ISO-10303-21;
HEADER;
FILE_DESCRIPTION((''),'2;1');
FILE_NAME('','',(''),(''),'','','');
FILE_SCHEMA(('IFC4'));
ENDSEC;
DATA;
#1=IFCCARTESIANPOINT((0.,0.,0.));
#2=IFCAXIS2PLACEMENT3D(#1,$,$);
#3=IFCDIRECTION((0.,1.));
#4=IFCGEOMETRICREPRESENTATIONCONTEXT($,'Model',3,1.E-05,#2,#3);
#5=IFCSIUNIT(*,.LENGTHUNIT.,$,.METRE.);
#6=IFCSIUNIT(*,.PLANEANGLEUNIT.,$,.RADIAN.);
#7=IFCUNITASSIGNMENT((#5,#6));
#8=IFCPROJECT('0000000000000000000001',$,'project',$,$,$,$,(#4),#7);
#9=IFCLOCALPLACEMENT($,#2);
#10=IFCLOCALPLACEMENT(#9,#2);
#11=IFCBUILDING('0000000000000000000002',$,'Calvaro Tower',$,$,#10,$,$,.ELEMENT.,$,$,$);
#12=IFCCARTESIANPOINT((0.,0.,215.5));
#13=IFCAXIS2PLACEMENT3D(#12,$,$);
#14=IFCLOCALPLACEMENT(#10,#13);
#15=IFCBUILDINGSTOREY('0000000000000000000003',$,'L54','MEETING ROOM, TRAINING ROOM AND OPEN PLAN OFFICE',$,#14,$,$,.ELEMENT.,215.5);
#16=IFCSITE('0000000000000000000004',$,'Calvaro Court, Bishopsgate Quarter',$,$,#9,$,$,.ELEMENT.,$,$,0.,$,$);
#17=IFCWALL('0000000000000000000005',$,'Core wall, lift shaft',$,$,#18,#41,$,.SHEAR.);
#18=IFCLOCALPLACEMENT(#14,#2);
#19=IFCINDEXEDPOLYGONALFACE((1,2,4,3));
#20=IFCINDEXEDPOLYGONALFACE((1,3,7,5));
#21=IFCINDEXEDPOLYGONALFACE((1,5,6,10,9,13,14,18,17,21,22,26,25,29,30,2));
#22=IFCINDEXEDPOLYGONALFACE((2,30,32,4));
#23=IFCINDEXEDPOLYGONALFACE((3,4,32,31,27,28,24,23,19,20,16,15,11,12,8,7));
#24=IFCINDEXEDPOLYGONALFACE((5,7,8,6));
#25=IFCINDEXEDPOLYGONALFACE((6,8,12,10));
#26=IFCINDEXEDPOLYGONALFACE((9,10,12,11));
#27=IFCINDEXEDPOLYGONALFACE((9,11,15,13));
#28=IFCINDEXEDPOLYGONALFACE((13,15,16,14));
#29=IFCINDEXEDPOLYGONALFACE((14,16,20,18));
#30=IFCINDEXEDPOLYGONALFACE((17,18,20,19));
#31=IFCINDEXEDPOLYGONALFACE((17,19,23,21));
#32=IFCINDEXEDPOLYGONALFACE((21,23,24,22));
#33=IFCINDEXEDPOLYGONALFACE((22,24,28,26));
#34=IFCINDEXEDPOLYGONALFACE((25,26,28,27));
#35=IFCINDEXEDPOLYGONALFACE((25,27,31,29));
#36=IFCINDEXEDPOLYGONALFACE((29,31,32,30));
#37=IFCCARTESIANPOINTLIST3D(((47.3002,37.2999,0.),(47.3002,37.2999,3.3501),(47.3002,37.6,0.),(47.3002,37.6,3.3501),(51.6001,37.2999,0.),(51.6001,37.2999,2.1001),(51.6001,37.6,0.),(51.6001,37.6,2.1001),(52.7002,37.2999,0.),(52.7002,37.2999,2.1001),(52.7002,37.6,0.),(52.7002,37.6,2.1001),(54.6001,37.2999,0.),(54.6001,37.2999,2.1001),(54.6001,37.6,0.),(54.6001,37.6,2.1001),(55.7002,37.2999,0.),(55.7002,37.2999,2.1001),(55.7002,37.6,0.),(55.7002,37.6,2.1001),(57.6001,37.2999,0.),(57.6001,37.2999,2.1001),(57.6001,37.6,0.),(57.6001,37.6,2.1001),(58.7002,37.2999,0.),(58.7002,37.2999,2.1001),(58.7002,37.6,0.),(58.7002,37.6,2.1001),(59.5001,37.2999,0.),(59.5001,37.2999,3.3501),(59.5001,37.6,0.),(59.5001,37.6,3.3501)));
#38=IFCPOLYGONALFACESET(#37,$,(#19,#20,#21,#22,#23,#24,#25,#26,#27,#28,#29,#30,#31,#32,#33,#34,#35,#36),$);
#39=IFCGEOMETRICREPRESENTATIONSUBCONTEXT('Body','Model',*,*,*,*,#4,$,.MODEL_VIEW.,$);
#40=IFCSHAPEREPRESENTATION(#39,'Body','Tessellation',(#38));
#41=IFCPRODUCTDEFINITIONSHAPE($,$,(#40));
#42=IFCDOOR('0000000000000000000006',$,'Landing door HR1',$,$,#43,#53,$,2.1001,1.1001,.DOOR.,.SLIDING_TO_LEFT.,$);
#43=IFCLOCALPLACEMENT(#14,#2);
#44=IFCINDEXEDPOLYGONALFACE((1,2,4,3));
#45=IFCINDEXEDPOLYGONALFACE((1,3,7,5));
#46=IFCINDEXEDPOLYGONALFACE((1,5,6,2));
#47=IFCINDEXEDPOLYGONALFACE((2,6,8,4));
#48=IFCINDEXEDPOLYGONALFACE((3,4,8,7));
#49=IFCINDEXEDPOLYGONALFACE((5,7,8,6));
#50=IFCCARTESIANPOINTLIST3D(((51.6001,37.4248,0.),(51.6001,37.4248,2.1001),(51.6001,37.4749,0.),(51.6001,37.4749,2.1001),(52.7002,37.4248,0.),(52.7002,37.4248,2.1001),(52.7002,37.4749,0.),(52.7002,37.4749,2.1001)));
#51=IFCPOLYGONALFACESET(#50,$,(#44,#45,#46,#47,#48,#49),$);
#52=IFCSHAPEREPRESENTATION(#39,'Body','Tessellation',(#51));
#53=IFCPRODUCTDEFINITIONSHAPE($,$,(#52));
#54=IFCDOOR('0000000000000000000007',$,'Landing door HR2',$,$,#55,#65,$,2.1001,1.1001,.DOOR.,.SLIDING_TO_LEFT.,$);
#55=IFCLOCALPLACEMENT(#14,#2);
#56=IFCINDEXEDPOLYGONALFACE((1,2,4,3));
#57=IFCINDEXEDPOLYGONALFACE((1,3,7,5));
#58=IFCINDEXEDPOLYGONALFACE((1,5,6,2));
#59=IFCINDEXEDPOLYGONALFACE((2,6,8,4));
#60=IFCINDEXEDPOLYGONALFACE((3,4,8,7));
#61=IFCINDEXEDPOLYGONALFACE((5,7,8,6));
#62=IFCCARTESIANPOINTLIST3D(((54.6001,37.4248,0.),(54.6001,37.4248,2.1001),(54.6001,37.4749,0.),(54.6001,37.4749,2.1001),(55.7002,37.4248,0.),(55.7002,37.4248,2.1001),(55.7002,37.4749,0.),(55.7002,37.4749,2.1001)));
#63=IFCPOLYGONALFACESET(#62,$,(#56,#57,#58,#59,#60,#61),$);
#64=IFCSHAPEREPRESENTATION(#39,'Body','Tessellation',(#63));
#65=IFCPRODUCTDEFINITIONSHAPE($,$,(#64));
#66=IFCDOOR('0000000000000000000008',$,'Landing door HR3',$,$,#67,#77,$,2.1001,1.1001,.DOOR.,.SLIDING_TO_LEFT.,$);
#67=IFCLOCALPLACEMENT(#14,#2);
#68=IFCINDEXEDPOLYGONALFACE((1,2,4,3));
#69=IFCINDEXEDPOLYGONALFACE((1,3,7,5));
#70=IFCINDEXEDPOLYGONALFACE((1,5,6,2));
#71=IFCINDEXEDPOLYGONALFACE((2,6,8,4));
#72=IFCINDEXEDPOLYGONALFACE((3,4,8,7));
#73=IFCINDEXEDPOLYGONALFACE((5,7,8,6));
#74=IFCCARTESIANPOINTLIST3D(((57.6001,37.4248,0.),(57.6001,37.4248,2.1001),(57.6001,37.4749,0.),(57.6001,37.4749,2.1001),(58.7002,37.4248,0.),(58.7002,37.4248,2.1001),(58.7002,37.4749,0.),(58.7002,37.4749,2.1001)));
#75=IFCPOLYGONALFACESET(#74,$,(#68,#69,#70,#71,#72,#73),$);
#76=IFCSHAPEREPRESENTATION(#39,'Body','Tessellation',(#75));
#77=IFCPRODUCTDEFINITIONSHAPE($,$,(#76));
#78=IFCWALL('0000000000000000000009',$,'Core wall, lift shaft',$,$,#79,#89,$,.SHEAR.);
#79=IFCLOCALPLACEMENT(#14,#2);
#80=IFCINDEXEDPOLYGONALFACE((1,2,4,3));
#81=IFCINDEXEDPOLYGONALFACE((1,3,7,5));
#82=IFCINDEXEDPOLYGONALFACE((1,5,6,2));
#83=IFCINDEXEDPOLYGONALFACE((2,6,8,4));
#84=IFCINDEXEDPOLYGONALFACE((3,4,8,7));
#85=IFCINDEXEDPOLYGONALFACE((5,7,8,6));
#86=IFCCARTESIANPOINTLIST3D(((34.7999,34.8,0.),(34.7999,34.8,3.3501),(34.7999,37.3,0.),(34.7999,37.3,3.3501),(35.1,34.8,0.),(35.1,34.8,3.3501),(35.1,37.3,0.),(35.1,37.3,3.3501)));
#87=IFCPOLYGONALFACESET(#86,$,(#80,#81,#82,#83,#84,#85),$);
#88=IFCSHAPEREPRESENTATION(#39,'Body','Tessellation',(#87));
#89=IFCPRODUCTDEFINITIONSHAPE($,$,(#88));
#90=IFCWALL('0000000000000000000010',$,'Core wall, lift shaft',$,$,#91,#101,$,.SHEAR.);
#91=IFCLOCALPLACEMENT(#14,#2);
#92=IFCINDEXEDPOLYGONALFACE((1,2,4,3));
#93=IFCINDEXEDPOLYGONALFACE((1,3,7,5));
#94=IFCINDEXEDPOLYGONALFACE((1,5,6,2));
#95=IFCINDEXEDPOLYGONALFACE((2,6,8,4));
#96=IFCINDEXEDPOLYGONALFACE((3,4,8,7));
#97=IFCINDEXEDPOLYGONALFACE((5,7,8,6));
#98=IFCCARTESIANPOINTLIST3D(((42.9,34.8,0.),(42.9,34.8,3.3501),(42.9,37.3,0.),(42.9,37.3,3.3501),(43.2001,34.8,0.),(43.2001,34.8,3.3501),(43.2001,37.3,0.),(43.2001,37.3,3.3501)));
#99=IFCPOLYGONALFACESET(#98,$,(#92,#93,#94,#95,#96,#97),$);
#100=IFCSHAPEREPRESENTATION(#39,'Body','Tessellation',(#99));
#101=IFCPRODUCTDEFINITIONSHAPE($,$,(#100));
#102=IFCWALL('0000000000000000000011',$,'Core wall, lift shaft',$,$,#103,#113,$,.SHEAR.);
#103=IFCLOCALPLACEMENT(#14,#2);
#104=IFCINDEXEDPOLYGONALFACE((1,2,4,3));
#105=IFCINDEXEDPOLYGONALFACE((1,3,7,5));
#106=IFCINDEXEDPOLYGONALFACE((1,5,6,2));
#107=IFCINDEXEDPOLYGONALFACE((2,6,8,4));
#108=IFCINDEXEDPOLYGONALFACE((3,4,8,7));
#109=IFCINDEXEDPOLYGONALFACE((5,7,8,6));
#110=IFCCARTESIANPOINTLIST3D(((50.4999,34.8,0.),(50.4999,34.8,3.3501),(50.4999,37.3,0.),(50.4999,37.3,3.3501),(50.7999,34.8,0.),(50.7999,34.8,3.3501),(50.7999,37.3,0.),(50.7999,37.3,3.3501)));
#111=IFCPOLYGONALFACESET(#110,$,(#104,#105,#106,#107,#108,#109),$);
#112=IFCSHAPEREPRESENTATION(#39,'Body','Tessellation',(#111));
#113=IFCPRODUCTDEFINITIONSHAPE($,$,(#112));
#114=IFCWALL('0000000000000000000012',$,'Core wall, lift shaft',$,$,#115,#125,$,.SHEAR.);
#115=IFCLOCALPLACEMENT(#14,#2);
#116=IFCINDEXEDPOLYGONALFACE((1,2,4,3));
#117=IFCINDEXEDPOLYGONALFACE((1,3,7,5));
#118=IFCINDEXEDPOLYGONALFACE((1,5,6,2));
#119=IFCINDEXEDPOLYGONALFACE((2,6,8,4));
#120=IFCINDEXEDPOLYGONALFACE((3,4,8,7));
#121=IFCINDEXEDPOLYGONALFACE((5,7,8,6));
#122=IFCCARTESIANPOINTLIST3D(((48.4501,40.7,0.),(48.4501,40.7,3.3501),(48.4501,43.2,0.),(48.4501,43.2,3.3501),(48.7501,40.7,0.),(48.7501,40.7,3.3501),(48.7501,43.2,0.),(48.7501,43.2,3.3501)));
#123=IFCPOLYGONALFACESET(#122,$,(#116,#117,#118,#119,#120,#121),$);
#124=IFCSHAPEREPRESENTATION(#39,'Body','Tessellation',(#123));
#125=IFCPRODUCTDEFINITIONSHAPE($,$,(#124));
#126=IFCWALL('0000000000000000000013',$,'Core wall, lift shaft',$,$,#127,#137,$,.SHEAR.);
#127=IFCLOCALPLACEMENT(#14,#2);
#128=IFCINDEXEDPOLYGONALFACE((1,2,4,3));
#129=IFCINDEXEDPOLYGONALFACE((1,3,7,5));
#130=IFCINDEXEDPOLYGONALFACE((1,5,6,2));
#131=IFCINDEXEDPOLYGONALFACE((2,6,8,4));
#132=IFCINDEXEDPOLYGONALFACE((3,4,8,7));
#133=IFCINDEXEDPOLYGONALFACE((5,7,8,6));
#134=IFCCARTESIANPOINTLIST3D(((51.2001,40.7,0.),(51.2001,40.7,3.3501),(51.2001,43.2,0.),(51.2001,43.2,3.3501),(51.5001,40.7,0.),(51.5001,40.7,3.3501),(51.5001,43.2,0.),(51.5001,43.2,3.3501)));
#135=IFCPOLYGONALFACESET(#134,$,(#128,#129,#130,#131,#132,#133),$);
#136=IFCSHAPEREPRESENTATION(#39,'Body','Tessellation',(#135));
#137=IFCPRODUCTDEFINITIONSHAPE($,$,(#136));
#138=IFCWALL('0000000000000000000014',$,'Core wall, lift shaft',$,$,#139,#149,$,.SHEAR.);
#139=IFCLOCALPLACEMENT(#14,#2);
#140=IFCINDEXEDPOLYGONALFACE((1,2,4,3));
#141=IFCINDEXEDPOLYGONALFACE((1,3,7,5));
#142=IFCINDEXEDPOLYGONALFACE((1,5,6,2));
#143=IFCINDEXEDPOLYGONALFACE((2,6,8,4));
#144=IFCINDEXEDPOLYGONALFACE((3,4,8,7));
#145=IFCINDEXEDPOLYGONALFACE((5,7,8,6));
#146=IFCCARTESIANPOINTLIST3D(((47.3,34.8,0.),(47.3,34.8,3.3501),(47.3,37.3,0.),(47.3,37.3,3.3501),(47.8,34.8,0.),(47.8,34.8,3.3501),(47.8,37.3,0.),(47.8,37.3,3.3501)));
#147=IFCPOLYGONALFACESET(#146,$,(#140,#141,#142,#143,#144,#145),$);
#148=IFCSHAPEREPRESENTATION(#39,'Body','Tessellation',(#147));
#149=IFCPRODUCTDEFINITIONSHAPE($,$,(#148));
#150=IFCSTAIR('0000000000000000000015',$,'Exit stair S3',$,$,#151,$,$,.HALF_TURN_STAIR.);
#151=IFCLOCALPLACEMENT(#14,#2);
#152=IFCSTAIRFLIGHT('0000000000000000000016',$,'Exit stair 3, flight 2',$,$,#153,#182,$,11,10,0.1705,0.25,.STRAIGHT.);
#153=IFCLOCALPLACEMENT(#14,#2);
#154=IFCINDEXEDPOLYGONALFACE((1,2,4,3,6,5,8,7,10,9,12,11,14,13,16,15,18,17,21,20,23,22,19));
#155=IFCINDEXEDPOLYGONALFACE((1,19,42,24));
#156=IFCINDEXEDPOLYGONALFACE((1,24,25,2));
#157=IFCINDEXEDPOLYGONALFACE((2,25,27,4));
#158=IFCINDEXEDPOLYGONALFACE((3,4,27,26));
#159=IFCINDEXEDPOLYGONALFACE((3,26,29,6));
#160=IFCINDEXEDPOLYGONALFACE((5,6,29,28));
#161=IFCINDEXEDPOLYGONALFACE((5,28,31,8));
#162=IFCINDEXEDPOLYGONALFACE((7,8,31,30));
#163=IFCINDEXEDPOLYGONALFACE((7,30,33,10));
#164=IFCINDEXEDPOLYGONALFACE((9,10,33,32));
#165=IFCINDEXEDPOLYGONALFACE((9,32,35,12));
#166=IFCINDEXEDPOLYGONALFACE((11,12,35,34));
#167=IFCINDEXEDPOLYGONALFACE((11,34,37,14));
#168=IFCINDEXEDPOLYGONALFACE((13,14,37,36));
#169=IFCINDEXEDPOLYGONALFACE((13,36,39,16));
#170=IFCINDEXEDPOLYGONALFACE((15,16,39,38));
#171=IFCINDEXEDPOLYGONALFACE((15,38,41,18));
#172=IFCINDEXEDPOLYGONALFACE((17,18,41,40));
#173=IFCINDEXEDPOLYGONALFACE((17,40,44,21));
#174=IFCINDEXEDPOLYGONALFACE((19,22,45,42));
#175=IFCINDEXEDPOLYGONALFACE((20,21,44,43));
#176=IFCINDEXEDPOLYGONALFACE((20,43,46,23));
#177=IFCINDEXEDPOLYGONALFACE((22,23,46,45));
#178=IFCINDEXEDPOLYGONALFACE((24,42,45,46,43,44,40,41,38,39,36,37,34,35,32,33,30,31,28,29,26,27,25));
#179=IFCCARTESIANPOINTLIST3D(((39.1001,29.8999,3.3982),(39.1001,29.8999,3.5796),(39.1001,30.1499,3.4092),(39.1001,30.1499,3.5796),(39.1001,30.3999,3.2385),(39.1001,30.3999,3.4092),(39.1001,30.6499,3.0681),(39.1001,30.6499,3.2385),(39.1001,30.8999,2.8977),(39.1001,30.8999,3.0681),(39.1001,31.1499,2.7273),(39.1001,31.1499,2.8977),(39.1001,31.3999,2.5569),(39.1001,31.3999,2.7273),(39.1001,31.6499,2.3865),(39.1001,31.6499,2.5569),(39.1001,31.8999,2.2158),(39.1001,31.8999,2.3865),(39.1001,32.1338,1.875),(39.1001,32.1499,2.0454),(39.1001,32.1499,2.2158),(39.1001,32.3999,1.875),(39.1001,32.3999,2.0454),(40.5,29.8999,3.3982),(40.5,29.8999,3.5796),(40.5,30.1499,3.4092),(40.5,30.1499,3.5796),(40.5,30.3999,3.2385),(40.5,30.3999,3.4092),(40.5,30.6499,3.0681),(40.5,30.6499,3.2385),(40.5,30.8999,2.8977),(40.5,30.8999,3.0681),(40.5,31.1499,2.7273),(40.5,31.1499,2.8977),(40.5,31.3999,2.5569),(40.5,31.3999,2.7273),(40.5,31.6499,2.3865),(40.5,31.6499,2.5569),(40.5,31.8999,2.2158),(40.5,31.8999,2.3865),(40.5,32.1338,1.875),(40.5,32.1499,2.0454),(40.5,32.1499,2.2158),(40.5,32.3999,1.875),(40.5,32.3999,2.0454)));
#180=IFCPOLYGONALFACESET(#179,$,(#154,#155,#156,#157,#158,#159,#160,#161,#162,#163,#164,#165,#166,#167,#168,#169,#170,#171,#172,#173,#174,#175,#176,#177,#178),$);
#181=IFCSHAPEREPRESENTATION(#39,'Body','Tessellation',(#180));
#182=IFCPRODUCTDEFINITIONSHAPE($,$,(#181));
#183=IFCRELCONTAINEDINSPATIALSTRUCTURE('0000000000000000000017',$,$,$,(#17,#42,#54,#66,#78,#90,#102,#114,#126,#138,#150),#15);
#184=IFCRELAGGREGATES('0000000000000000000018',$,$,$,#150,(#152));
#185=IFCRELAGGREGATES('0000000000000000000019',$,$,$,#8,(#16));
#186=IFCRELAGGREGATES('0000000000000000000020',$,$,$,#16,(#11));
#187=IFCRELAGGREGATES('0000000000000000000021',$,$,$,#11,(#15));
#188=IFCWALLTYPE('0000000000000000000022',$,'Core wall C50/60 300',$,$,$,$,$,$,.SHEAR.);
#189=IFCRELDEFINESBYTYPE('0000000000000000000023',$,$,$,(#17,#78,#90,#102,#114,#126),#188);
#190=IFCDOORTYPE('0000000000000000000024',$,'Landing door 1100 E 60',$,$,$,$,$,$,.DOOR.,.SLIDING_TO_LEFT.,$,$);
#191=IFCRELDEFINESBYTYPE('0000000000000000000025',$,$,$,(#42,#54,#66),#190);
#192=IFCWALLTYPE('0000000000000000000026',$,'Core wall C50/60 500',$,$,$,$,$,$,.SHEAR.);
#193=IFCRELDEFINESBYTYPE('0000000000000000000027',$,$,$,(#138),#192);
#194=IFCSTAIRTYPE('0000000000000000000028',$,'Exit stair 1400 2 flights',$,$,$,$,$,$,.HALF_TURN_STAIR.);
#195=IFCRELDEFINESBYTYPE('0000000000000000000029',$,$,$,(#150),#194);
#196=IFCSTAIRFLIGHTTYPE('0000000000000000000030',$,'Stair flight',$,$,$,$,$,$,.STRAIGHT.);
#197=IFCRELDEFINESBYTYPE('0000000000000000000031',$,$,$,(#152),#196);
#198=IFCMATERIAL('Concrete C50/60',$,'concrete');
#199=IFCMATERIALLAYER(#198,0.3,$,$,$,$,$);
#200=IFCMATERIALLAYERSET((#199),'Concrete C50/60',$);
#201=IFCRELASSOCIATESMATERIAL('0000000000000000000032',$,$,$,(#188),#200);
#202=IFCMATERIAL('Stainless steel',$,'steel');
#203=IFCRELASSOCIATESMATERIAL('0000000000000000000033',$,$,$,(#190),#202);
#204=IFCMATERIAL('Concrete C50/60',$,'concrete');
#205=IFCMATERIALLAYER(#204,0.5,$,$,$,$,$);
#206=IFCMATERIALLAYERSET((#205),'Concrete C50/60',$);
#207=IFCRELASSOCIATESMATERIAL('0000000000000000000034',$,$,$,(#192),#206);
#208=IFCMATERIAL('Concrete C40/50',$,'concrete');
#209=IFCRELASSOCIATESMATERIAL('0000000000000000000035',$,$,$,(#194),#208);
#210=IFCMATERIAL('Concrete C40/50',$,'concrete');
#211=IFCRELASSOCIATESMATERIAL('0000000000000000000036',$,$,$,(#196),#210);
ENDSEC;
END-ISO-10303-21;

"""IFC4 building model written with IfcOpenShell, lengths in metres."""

from ifc_helpers import new_model, si_unit, direction, frame, frame_2d, origin, place, context, subcontext, project, spatial, polyline, rectangle, outline, extrude, material, layer, layer_set, type_object, element, fill, aggregate, save


model = new_model("IFC4")

# Units and contexts
model_context = context("Model", 3, precision=1e-05, world=origin(), true_north=direction((0.0, 1.0)))
body_context = subcontext(model_context, "Body", "Model", "MODEL_VIEW")
ifc_project = project(units=[si_unit("LENGTHUNIT", "METRE"), si_unit("PLANEANGLEUNIT", "RADIAN")], contexts=[model_context])

# Site, building, storey
site_placement = place(None, origin())
site = spatial("IfcSite", under=ifc_project, at=site_placement, Name="Calvaro Court, Bishopsgate Quarter", CompositionType="ELEMENT", RefElevation=0.0)
building_placement = place(site_placement, origin())
building = spatial("IfcBuilding", under=site, at=building_placement, Name="Calvaro Tower", CompositionType="ELEMENT")
storey_placement = place(building_placement, frame((0.0, 0.0, 215.5)))
storey = spatial("IfcBuildingStorey", under=building, at=storey_placement, Name="L54", Description="MEETING ROOM, TRAINING ROOM AND OPEN PLAN OFFICE", CompositionType="ELEMENT", Elevation=215.5)

# Shared definitions
ifc_material_1 = material(Name="Concrete C50/60", Category="concrete")
ifc_layer_1 = layer(ifc_material_1, 0.3)
ifc_layer_set_1 = layer_set([ifc_layer_1], Name="Concrete C50/60")
wall_type_1 = type_object("IfcWallType", Name="Core wall C50/60 300", PredefinedType="SHEAR", material=ifc_layer_set_1)
ifc_material_2 = material(Name="Stainless steel", Category="steel")
door_type_1 = type_object("IfcDoorType", Name="Landing door 1100 E 60", OperationType="SLIDING_TO_LEFT", PredefinedType="DOOR", material=ifc_material_2)

# Wall, openings, doors
wall_1_placement = place(storey_placement, frame((47.3, 37.45, 0.0), z_axis=(0.0, 0.0, 1.0), x_axis=(1.0, 0.0, 0.0)))
wall_1 = element("IfcWall", 1, at=wall_1_placement, inside=storey, type_object=wall_type_1, Name="Core wall, lift shaft", PredefinedType="SHEAR", context=body_context, shape_type="SweptSolid", body=[
    extrude(rectangle(XDim=12.2, YDim=0.3, at=frame_2d((6.1001, 0.0))), origin(), (0.0, 0.0, 1.0), 3.3501),
])
opening_1_placement = place(wall_1_placement, frame((4.3, 0.0, 0.0)))
opening_1 = element("IfcOpeningElement", 2, at=opening_1_placement, cuts=wall_1, PredefinedType="OPENING", context=body_context, shape_type="SweptSolid", body=[
    extrude(rectangle(XDim=1.1001, YDim=2.1001, at=frame_2d((0.55, 1.05))), frame((0.0, 0.1599, 0.0), z_axis=(0.0, -1.0, 0.0), x_axis=(1.0, 0.0, 0.0)), (0.0, 0.0, 1.0), 0.3201),
])
opening_2_placement = place(wall_1_placement, frame((7.3, 0.0, 0.0)))
opening_2 = element("IfcOpeningElement", 3, at=opening_2_placement, cuts=wall_1, PredefinedType="OPENING", context=body_context, shape_type="SweptSolid", body=[
    extrude(rectangle(XDim=1.1001, YDim=2.1001, at=frame_2d((0.55, 1.05))), frame((0.0, 0.1599, 0.0), z_axis=(0.0, -1.0, 0.0), x_axis=(1.0, 0.0, 0.0)), (0.0, 0.0, 1.0), 0.3201),
])
opening_3_placement = place(wall_1_placement, frame((10.3, 0.0, 0.0)))
opening_3 = element("IfcOpeningElement", 4, at=opening_3_placement, cuts=wall_1, PredefinedType="OPENING", context=body_context, shape_type="SweptSolid", body=[
    extrude(rectangle(XDim=1.1001, YDim=2.1001, at=frame_2d((0.55, 1.05))), frame((0.0, 0.1599, 0.0), z_axis=(0.0, -1.0, 0.0), x_axis=(1.0, 0.0, 0.0)), (0.0, 0.0, 1.0), 0.3201),
])
door_1_placement = place(opening_1_placement, origin())
door_1 = element("IfcDoor", 5, at=door_1_placement, inside=storey, type_object=door_type_1, Name="Landing door HR1", OperationType="SLIDING_TO_LEFT", OverallHeight=2.1001, OverallWidth=1.1001, PredefinedType="DOOR", context=body_context, shape_type="SweptSolid", body=[
    extrude(rectangle(XDim=1.1001, YDim=2.1001, at=frame_2d((0.55, 1.05))), frame((0.0, 0.0249, 0.0), z_axis=(0.0, -1.0, 0.0), x_axis=(1.0, 0.0, 0.0)), (0.0, 0.0, 1.0), 0.05),
])
fill(opening_1, door_1)
door_2_placement = place(opening_2_placement, origin())
door_2 = element("IfcDoor", 6, at=door_2_placement, inside=storey, type_object=door_type_1, Name="Landing door HR2", OperationType="SLIDING_TO_LEFT", OverallHeight=2.1001, OverallWidth=1.1001, PredefinedType="DOOR", context=body_context, shape_type="SweptSolid", body=[
    extrude(rectangle(XDim=1.1001, YDim=2.1001, at=frame_2d((0.55, 1.05))), frame((0.0, 0.0249, 0.0), z_axis=(0.0, -1.0, 0.0), x_axis=(1.0, 0.0, 0.0)), (0.0, 0.0, 1.0), 0.05),
])
fill(opening_2, door_2)
door_3_placement = place(opening_3_placement, origin())
door_3 = element("IfcDoor", 7, at=door_3_placement, inside=storey, type_object=door_type_1, Name="Landing door HR3", OperationType="SLIDING_TO_LEFT", OverallHeight=2.1001, OverallWidth=1.1001, PredefinedType="DOOR", context=body_context, shape_type="SweptSolid", body=[
    extrude(rectangle(XDim=1.1001, YDim=2.1001, at=frame_2d((0.55, 1.05))), frame((0.0, 0.0249, 0.0), z_axis=(0.0, -1.0, 0.0), x_axis=(1.0, 0.0, 0.0)), (0.0, 0.0, 1.0), 0.05),
])
fill(opening_3, door_3)

# Walls
for number, where, z_axis, x_axis, name in (
    (8, (34.95, 34.8, 0.0), (0.0, 0.0, 1.0), (0.0, 1.0, 0.0), "Core wall, lift shaft"),
    (9, (43.05, 34.8, 0.0), (0.0, 0.0, 1.0), (0.0, 1.0, 0.0), "Core wall, lift shaft"),
    (10, (50.6499, 34.8, 0.0), (0.0, 0.0, 1.0), (0.0, 1.0, 0.0), "Core wall, lift shaft"),
    (11, (48.6001, 40.7, 0.0), (0.0, 0.0, 1.0), (0.0, 1.0, 0.0), "Core wall, lift shaft"),
    (12, (51.3501, 40.7, 0.0), (0.0, 0.0, 1.0), (0.0, 1.0, 0.0), "Core wall, lift shaft"),
):
    element("IfcWall", number, at=place(storey_placement, frame(where, z_axis=z_axis, x_axis=x_axis)), inside=storey, type_object=wall_type_1, Name=name, PredefinedType="SHEAR", context=body_context, shape_type="SweptSolid", body=[
        extrude(rectangle(XDim=2.5, YDim=0.3, at=frame_2d((1.25, 0.0))), origin(), (0.0, 0.0, 1.0), 3.3501),
    ])
ifc_material_3 = material(Name="Concrete C50/60", Category="concrete")
ifc_layer_2 = layer(ifc_material_3, 0.5)
ifc_layer_set_2 = layer_set([ifc_layer_2], Name="Concrete C50/60")
wall_type_2 = type_object("IfcWallType", Name="Core wall C50/60 500", PredefinedType="SHEAR", material=ifc_layer_set_2)
wall_2_placement = place(storey_placement, frame((47.55, 34.8, 0.0), z_axis=(0.0, 0.0, 1.0), x_axis=(0.0, 1.0, 0.0)))
element("IfcWall", 13, at=wall_2_placement, inside=storey, type_object=wall_type_2, Name="Core wall, lift shaft", PredefinedType="SHEAR", context=body_context, shape_type="SweptSolid", body=[
    extrude(rectangle(XDim=2.5, YDim=0.5, at=frame_2d((1.25, 0.0))), origin(), (0.0, 0.0, 1.0), 3.3501),
])

# Stair, stair flight
ifc_material_4 = material(Name="Concrete C40/50", Category="concrete")
stair_type = type_object("IfcStairType", Name="Exit stair 1400 2 flights", PredefinedType="HALF_TURN_STAIR", material=ifc_material_4)
stair_1_placement = place(storey_placement, origin())
stair_1 = element("IfcStair", 14, at=stair_1_placement, inside=storey, type_object=stair_type, Name="Exit stair S3", PredefinedType="HALF_TURN_STAIR")
ifc_material_5 = material(Name="Concrete C40/50", Category="concrete")
stair_flight_type = type_object("IfcStairFlightType", Name="Stair flight", PredefinedType="STRAIGHT", material=ifc_material_5)
stair_flight_1_placement = place(storey_placement, frame((39.8, 32.3999, 1.875), z_axis=(0.0, 0.0, 1.0), x_axis=(0.0, -1.0, 0.0)))
stair_flight_1 = element("IfcStairFlight", 15, at=stair_flight_1_placement, type_object=stair_flight_type, Name="Exit stair 3, flight 2", NumberOfRisers=11, NumberOfTreads=10, PredefinedType="STRAIGHT", RiserHeight=0.1705, TreadLength=0.25, context=body_context, shape_type="SweptSolid", body=[
    extrude(outline(polyline([(0.0, 0.0), (0.0, 0.1704), (0.25, 0.1704), (0.25, 0.3408), (0.5, 0.3408), (0.5, 0.5115), (0.75, 0.5115), (0.75, 0.6819), (1.0, 0.6819), (1.0, 0.8523), (1.25, 0.8523), (1.25, 1.0227), (1.5, 1.0227), (1.5, 1.1931), (1.75, 1.1931), (1.75, 1.3635), (2.0, 1.3635), (2.0, 1.5342), (2.25, 1.5342), (2.25, 1.7046), (2.5, 1.7046), (2.5, 1.875), (2.5, 1.5232), (0.2661, 0.0), (0.0, 0.0)])), frame((0.0, 0.7, 0.0), z_axis=(0.0, -1.0, 0.0), x_axis=(1.0, 0.0, 0.0)), (0.0, 0.0, 1.0), 1.3999),
])

aggregate(stair_1, [stair_flight_1])

save(model, "model.ifc")
